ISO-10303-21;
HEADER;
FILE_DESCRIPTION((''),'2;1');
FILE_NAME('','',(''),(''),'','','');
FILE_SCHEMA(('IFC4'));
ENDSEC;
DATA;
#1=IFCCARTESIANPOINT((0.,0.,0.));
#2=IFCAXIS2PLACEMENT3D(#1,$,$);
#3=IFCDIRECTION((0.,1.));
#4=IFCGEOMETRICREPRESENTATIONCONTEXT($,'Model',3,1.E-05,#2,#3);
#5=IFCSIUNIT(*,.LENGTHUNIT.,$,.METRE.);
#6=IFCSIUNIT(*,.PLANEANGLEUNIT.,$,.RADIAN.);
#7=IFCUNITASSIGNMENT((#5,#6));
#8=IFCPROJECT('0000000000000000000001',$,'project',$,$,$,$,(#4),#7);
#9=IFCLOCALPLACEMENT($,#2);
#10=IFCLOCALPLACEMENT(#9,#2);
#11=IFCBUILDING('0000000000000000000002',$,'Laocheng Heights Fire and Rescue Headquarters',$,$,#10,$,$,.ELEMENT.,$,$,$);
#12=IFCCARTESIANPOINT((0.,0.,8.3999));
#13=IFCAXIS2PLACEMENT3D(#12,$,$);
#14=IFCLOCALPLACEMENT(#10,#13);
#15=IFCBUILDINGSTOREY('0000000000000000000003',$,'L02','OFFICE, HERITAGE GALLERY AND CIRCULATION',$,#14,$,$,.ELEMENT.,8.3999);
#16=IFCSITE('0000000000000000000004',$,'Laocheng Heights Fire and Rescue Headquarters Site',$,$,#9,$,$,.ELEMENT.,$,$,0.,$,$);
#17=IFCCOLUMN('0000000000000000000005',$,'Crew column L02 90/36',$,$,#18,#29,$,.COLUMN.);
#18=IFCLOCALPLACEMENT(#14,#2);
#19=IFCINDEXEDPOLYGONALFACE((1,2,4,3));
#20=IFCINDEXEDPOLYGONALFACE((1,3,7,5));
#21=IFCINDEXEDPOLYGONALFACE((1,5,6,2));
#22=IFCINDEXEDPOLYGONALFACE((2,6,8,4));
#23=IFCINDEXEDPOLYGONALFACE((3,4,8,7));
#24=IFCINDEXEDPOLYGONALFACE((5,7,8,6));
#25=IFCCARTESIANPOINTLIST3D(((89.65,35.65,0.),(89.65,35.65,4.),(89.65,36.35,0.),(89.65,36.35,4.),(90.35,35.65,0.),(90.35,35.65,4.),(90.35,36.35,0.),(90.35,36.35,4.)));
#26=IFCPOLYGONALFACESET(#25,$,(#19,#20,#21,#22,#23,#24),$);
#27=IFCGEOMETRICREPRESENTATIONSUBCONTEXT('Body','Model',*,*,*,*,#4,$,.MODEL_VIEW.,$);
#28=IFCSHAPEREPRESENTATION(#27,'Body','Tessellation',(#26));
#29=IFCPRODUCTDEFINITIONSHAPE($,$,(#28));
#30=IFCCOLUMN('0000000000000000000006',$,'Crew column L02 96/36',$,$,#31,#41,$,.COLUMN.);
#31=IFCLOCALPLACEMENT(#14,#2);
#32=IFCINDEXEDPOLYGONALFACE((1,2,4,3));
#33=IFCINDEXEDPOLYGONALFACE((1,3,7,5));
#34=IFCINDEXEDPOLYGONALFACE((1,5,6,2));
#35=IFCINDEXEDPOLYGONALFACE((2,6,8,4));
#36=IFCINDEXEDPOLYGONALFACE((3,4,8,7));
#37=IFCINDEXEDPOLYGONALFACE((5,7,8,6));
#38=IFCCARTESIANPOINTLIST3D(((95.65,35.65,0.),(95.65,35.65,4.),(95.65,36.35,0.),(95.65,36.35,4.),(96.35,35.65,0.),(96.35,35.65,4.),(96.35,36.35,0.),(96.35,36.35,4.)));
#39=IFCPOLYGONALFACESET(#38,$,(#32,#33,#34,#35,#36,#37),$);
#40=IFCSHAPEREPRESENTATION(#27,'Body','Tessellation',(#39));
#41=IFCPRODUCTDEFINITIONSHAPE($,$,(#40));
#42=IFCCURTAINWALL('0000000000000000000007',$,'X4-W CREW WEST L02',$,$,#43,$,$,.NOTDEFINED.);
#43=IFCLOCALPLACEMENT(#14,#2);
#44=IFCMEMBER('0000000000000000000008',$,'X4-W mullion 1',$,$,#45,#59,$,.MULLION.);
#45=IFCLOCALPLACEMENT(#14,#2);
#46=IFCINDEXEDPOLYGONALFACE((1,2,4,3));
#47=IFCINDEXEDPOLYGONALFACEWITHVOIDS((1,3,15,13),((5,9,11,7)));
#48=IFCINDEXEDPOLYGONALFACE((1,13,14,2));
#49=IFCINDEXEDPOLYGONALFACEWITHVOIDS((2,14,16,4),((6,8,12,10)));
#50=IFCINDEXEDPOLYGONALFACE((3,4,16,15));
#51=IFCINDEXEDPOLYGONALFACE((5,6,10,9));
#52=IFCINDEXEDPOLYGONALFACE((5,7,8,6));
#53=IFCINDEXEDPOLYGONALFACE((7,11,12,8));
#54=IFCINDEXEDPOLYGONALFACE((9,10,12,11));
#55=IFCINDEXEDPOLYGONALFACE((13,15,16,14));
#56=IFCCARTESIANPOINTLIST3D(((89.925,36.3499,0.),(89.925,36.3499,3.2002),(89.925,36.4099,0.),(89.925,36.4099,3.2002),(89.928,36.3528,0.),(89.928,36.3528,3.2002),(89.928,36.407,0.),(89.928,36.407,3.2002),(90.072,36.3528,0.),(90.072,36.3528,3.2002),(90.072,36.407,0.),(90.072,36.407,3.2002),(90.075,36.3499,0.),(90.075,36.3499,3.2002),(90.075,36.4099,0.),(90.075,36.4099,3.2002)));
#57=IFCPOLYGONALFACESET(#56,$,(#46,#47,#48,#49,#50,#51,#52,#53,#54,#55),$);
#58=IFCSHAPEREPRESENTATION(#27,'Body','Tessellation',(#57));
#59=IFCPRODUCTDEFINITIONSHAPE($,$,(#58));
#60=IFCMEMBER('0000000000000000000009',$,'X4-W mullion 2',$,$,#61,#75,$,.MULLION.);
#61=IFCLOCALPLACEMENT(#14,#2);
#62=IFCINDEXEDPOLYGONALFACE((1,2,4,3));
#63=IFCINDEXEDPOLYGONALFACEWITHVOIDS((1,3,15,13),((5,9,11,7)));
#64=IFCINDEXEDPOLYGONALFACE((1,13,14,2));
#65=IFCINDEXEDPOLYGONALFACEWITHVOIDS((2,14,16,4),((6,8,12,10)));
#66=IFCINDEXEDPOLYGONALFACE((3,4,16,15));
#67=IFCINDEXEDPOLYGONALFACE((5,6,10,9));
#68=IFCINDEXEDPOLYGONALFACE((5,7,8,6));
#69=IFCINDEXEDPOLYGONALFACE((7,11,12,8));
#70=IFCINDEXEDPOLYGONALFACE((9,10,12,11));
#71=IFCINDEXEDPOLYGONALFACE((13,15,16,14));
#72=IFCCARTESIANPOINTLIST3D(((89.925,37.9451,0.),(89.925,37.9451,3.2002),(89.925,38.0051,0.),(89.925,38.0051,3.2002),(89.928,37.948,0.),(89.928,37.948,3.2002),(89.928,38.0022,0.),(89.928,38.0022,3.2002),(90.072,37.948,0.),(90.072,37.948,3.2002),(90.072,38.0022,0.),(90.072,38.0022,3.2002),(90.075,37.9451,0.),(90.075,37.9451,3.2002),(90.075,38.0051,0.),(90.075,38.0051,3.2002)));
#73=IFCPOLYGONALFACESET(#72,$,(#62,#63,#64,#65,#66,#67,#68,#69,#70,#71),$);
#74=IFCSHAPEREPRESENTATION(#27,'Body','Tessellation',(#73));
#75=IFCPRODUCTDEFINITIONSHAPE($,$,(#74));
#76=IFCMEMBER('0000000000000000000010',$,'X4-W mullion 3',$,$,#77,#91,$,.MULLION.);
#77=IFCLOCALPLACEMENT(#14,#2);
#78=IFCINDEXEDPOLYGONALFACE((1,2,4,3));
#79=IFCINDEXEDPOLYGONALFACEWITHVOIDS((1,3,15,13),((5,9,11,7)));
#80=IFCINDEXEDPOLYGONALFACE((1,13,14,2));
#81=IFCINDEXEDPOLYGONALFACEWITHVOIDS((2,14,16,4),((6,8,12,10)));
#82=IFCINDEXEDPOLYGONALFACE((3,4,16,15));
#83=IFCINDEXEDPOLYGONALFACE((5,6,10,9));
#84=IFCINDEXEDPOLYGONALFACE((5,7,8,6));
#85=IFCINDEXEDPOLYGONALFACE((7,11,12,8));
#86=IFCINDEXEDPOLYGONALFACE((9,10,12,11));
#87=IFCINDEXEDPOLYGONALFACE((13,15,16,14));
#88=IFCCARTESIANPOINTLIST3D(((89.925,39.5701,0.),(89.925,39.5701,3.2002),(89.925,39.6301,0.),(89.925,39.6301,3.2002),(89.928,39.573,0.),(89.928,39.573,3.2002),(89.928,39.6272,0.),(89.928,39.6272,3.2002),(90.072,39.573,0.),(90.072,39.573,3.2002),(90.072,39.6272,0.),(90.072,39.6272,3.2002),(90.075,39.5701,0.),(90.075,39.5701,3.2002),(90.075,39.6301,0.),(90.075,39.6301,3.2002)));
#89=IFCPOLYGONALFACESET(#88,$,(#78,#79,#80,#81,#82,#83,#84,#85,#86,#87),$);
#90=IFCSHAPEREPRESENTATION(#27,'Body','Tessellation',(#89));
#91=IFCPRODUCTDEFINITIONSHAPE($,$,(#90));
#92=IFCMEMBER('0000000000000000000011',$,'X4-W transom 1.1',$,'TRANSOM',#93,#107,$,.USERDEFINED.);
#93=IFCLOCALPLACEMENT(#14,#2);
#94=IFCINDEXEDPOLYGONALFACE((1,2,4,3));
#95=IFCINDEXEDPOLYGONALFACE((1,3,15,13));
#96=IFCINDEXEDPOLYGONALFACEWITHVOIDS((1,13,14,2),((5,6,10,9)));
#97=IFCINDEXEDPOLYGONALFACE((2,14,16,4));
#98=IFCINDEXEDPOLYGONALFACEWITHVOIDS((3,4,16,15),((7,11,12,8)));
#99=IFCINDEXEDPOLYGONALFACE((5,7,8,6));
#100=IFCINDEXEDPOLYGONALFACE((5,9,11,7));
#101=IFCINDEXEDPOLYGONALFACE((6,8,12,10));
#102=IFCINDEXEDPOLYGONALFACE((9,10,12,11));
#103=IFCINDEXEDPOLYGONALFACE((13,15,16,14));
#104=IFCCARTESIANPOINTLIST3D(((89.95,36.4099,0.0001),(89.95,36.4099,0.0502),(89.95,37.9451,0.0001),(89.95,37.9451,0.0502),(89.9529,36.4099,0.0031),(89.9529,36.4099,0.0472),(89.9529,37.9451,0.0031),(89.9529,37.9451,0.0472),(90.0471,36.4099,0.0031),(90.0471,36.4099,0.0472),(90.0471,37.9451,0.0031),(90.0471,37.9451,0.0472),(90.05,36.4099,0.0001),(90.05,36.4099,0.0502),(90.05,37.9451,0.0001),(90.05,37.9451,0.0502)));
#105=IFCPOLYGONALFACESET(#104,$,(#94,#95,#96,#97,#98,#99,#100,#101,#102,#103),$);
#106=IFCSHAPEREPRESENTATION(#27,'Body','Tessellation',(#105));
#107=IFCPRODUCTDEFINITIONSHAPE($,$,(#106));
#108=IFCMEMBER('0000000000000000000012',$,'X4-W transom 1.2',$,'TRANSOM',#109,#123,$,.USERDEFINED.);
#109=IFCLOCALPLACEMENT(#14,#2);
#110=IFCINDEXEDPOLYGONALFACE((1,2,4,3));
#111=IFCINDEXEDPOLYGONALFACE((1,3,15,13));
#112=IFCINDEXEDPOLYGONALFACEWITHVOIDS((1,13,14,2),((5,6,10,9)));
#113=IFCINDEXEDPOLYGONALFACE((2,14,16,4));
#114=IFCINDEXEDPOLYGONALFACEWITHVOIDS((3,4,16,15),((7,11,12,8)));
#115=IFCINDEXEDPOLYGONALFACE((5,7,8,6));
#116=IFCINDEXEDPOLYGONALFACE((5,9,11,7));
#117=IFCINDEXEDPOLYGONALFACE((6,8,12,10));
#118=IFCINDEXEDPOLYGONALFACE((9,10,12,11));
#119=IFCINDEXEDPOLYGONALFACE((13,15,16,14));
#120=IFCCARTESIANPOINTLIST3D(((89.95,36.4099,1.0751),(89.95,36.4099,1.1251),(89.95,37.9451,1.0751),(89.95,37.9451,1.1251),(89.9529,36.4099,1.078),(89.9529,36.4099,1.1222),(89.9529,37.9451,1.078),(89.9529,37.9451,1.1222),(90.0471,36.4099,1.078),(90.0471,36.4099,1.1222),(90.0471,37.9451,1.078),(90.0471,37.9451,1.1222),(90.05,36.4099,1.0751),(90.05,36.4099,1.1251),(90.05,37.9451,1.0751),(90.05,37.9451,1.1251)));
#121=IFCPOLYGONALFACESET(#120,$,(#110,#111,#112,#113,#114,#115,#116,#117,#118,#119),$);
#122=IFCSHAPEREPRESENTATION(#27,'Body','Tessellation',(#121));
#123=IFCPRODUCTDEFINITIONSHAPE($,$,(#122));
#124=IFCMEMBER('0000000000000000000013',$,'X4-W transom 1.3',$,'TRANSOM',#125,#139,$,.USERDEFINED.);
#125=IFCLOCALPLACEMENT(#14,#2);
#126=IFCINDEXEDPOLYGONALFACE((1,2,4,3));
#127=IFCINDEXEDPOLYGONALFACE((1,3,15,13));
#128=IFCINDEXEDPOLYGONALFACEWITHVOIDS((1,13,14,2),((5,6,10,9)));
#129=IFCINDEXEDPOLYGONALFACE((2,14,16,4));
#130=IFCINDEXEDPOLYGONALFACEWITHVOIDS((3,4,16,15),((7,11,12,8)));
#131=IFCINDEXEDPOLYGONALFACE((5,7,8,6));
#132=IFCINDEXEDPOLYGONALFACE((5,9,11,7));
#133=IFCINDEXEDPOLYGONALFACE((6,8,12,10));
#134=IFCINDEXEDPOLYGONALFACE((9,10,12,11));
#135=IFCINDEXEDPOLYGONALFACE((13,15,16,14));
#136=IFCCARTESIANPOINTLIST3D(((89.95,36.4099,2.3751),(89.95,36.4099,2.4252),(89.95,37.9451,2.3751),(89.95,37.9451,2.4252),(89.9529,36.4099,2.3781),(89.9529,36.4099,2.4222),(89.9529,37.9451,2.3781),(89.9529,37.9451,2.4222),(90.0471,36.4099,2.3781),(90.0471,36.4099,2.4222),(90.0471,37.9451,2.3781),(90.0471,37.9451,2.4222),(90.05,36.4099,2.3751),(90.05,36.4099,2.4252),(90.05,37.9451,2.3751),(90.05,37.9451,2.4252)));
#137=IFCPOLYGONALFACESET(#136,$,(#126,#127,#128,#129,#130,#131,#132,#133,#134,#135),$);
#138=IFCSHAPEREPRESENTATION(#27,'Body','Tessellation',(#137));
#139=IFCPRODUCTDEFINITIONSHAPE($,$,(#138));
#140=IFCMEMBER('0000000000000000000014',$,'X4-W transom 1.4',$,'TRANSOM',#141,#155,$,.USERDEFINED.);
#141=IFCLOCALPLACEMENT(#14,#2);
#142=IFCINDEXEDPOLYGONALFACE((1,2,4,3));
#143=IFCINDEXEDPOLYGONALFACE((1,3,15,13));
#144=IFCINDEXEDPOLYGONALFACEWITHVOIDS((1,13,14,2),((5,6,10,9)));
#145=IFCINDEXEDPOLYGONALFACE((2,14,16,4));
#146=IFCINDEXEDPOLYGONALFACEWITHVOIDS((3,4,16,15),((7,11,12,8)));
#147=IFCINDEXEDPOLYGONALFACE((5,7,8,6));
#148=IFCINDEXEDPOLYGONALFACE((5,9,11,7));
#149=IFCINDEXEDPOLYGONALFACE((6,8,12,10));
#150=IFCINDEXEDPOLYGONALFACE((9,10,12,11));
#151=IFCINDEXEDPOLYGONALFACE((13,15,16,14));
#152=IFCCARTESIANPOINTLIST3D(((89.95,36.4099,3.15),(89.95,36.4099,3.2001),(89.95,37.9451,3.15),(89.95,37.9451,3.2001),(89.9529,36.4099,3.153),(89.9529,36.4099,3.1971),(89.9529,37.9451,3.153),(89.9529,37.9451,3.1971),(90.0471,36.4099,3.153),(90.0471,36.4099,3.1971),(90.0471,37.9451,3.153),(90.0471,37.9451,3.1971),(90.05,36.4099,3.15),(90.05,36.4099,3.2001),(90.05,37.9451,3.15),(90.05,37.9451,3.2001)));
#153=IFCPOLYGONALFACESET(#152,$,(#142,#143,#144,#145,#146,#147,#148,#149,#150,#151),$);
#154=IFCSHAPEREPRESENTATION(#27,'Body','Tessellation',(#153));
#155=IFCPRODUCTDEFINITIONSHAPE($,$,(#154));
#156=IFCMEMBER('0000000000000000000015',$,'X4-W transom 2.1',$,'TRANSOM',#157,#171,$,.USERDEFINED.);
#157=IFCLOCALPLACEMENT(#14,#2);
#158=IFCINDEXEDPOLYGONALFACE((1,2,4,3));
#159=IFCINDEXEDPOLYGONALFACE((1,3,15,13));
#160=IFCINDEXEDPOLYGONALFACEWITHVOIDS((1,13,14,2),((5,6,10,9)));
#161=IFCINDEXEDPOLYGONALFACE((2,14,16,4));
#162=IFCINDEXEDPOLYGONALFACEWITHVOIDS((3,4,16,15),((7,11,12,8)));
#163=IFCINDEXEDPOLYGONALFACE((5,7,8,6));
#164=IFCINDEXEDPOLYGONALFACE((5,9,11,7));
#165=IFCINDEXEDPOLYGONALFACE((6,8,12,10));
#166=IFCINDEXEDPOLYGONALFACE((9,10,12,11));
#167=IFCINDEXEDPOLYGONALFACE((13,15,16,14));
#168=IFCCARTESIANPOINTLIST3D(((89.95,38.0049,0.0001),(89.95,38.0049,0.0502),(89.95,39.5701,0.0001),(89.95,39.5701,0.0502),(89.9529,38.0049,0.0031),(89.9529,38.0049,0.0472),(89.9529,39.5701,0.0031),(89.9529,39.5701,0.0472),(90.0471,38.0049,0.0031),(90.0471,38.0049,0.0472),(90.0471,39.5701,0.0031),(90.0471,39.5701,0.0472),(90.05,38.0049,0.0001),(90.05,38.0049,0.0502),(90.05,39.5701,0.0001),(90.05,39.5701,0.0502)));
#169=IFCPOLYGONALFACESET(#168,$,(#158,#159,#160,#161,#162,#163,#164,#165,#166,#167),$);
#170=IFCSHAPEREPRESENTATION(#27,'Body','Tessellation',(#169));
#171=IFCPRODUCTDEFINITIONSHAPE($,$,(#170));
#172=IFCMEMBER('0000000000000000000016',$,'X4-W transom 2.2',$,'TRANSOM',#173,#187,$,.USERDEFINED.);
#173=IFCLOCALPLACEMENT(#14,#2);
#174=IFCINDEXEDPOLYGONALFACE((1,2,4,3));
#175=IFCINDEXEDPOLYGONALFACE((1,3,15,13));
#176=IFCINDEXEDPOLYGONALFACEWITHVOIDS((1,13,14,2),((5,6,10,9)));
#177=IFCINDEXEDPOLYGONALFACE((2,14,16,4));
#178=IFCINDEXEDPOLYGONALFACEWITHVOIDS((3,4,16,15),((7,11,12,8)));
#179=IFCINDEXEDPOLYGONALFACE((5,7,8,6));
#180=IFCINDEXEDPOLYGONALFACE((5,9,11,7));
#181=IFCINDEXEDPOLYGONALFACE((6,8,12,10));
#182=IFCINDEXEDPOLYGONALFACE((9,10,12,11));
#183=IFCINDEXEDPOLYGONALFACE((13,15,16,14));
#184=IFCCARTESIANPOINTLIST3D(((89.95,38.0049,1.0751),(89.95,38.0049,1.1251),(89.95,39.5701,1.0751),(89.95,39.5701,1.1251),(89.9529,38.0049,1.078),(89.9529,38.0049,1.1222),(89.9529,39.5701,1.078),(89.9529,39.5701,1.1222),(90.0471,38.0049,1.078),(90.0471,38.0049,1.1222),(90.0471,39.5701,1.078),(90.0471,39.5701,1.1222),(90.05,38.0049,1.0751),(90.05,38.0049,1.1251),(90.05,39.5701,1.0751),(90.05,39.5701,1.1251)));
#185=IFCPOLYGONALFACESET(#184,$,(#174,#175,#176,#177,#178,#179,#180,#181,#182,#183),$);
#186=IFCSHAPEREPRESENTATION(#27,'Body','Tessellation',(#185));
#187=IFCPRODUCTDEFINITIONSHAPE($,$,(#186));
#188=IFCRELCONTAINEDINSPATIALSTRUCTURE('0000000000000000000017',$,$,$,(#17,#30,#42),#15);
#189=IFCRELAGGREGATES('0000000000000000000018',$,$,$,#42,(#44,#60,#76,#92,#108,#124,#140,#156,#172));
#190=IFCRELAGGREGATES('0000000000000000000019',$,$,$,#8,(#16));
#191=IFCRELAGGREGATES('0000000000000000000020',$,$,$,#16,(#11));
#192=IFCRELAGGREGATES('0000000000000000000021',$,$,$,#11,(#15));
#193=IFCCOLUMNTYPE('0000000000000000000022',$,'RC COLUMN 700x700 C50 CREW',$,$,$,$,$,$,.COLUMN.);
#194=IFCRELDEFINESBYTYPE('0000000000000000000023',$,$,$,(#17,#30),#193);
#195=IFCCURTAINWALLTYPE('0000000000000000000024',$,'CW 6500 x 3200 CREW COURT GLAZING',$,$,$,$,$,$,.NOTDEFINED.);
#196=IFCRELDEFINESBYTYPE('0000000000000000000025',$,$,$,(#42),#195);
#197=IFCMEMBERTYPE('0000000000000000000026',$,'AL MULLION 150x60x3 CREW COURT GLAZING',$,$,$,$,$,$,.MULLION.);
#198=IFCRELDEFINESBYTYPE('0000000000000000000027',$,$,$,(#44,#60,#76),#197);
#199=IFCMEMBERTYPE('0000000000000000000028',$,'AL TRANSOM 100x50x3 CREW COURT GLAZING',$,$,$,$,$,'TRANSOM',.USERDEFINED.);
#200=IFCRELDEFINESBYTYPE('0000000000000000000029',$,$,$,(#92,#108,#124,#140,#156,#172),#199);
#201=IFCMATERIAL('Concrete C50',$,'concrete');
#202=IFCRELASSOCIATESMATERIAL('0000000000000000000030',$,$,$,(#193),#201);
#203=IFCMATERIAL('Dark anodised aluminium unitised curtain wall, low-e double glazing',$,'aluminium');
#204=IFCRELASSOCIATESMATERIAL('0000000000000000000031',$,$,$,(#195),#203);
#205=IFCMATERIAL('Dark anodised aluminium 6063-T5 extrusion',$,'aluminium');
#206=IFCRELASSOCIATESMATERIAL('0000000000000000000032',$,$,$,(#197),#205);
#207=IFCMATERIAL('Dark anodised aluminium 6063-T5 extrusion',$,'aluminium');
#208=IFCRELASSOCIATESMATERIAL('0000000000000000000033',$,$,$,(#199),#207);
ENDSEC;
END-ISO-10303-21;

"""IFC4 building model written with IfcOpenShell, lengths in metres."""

from ifc_helpers import new_model, si_unit, direction, frame, origin, origin_2d, place, context, subcontext, project, spatial, rectangle, hollow_rectangle, extrude, material, material_profile, profile_set, type_object, element, aggregate, save


model = new_model("IFC4")

# Units and contexts
model_context = context("Model", 3, precision=1e-05, world=origin(), true_north=direction((0.0, 1.0)))
body_context = subcontext(model_context, "Body", "Model", "MODEL_VIEW")
ifc_project = project(units=[si_unit("LENGTHUNIT", "METRE"), si_unit("PLANEANGLEUNIT", "RADIAN")], contexts=[model_context])

# Site, building, storey
site_placement = place(None, origin())
site = spatial("IfcSite", under=ifc_project, at=site_placement, Name="Laocheng Heights Fire and Rescue Headquarters Site", CompositionType="ELEMENT", RefElevation=0.0)
building_placement = place(site_placement, origin())
building = spatial("IfcBuilding", under=site, at=building_placement, Name="Laocheng Heights Fire and Rescue Headquarters", CompositionType="ELEMENT")
storey_placement = place(building_placement, frame((0.0, 0.0, 8.3999)))
storey = spatial("IfcBuildingStorey", under=building, at=storey_placement, Name="L02", Description="OFFICE, HERITAGE GALLERY AND CIRCULATION", CompositionType="ELEMENT", Elevation=8.3999)

# Columns
ifc_material_1 = material(Name="Concrete C50", Category="concrete")
ifc_material_profile_1 = material_profile(ifc_material_1, rectangle(XDim=0.7, YDim=0.7, at=origin_2d()), Name="RC COLUMN 700x700 C50 CREW")
ifc_profile_set_1 = profile_set([ifc_material_profile_1], Name="Concrete C50")
column_type = type_object("IfcColumnType", Name="RC COLUMN 700x700 C50 CREW", PredefinedType="COLUMN", material=ifc_profile_set_1)
for number, where, z_axis, x_axis, name in (
    (1, (90.0, 36.0, 0.0), (0.0, 0.0, 1.0), (1.0, 0.0, 0.0), "Crew column L02 90/36"),
    (2, (96.0, 36.0, 0.0), (0.0, 0.0, 1.0), (1.0, 0.0, 0.0), "Crew column L02 96/36"),
):
    element("IfcColumn", number, at=place(storey_placement, frame(where, z_axis=z_axis, x_axis=x_axis)), inside=storey, type_object=column_type, Name=name, PredefinedType="COLUMN", context=body_context, shape_type="SweptSolid", body=[
        extrude(rectangle(XDim=0.7, YDim=0.7, at=origin_2d()), origin(), (0.0, 0.0, 1.0), 4.0),
    ])

# Curtain wall, members
ifc_material_2 = material(Name="Dark anodised aluminium unitised curtain wall, low-e double glazing", Category="aluminium")
curtain_wall_type = type_object("IfcCurtainWallType", Name="CW 6500 x 3200 CREW COURT GLAZING", PredefinedType="NOTDEFINED", material=ifc_material_2)
curtain_wall_placement = place(storey_placement, origin())
curtain_wall = element("IfcCurtainWall", 3, at=curtain_wall_placement, inside=storey, type_object=curtain_wall_type, Name="X4-W CREW WEST L02", PredefinedType="NOTDEFINED")
ifc_material_3 = material(Name="Dark anodised aluminium 6063-T5 extrusion", Category="aluminium")
ifc_material_profile_2 = material_profile(ifc_material_3, hollow_rectangle(XDim=0.1499, YDim=0.0601, WallThickness=0.0029, at=origin_2d()), Name="AL MULLION 150x60x3 CREW COURT GLAZING")
ifc_profile_set_2 = profile_set([ifc_material_profile_2], Name="Dark anodised aluminium 6063-T5 extrusion")
member_type_1 = type_object("IfcMemberType", Name="AL MULLION 150x60x3 CREW COURT GLAZING", PredefinedType="MULLION", material=ifc_profile_set_2)
member_1_placement = place(storey_placement, frame((90.0, 36.3799, 0.0), z_axis=(0.0, 0.0, 1.0), x_axis=(-1.0, 0.0, 0.0)))
member_1 = element("IfcMember", 4, at=member_1_placement, type_object=member_type_1, Name="X4-W mullion 1", PredefinedType="MULLION", context=body_context, shape_type="SweptSolid", body=[
    extrude(hollow_rectangle(XDim=0.1499, YDim=0.0601, WallThickness=0.0029, at=origin_2d()), origin(), (0.0, 0.0, 1.0), 3.2002),
])
member_2_placement = place(storey_placement, frame((90.0, 37.9751, 0.0), z_axis=(0.0, 0.0, 1.0), x_axis=(-1.0, 0.0, 0.0)))
member_2 = element("IfcMember", 5, at=member_2_placement, type_object=member_type_1, Name="X4-W mullion 2", PredefinedType="MULLION", context=body_context, shape_type="SweptSolid", body=[
    extrude(hollow_rectangle(XDim=0.1499, YDim=0.0601, WallThickness=0.0029, at=origin_2d()), origin(), (0.0, 0.0, 1.0), 3.2002),
])
member_3_placement = place(storey_placement, frame((90.0, 39.6001, 0.0), z_axis=(0.0, 0.0, 1.0), x_axis=(-1.0, 0.0, 0.0)))
member_3 = element("IfcMember", 6, at=member_3_placement, type_object=member_type_1, Name="X4-W mullion 3", PredefinedType="MULLION", context=body_context, shape_type="SweptSolid", body=[
    extrude(hollow_rectangle(XDim=0.1499, YDim=0.0601, WallThickness=0.0029, at=origin_2d()), origin(), (0.0, 0.0, 1.0), 3.2002),
])
ifc_material_4 = material(Name="Dark anodised aluminium 6063-T5 extrusion", Category="aluminium")
ifc_material_profile_3 = material_profile(ifc_material_4, hollow_rectangle(XDim=0.1001, YDim=0.05, WallThickness=0.0029, at=origin_2d()), Name="AL TRANSOM 100x50x3 CREW COURT GLAZING")
ifc_profile_set_3 = profile_set([ifc_material_profile_3], Name="Dark anodised aluminium 6063-T5 extrusion")
member_type_2 = type_object("IfcMemberType", Name="AL TRANSOM 100x50x3 CREW COURT GLAZING", ElementType="TRANSOM", PredefinedType="USERDEFINED", material=ifc_profile_set_3)
member_4_placement = place(storey_placement, frame((90.0, 36.4099, 0.0251), z_axis=(0.0, 1.0, 0.0), x_axis=(-1.0, 0.0, 0.0)))
member_4 = element("IfcMember", 7, at=member_4_placement, type_object=member_type_2, Name="X4-W transom 1.1", ObjectType="TRANSOM", PredefinedType="USERDEFINED", context=body_context, shape_type="SweptSolid", body=[
    extrude(hollow_rectangle(XDim=0.1001, YDim=0.05, WallThickness=0.0029, at=origin_2d()), origin(), (0.0, 0.0, 1.0), 1.5352),
])
member_5_placement = place(storey_placement, frame((90.0, 36.4099, 1.1001), z_axis=(0.0, 1.0, 0.0), x_axis=(-1.0, 0.0, 0.0)))
member_5 = element("IfcMember", 8, at=member_5_placement, type_object=member_type_2, Name="X4-W transom 1.2", ObjectType="TRANSOM", PredefinedType="USERDEFINED", context=body_context, shape_type="SweptSolid", body=[
    extrude(hollow_rectangle(XDim=0.1001, YDim=0.05, WallThickness=0.0029, at=origin_2d()), origin(), (0.0, 0.0, 1.0), 1.5352),
])
member_6_placement = place(storey_placement, frame((90.0, 36.4099, 2.4001), z_axis=(0.0, 1.0, 0.0), x_axis=(-1.0, 0.0, 0.0)))
member_6 = element("IfcMember", 9, at=member_6_placement, type_object=member_type_2, Name="X4-W transom 1.3", ObjectType="TRANSOM", PredefinedType="USERDEFINED", context=body_context, shape_type="SweptSolid", body=[
    extrude(hollow_rectangle(XDim=0.1001, YDim=0.05, WallThickness=0.0029, at=origin_2d()), origin(), (0.0, 0.0, 1.0), 1.5352),
])
member_7_placement = place(storey_placement, frame((90.0, 36.4099, 3.175), z_axis=(0.0, 1.0, 0.0), x_axis=(-1.0, 0.0, 0.0)))
member_7 = element("IfcMember", 10, at=member_7_placement, type_object=member_type_2, Name="X4-W transom 1.4", ObjectType="TRANSOM", PredefinedType="USERDEFINED", context=body_context, shape_type="SweptSolid", body=[
    extrude(hollow_rectangle(XDim=0.1001, YDim=0.05, WallThickness=0.0029, at=origin_2d()), origin(), (0.0, 0.0, 1.0), 1.5352),
])
member_8_placement = place(storey_placement, frame((90.0, 38.0049, 0.0251), z_axis=(0.0, 1.0, 0.0), x_axis=(-1.0, 0.0, 0.0)))
member_8 = element("IfcMember", 11, at=member_8_placement, type_object=member_type_2, Name="X4-W transom 2.1", ObjectType="TRANSOM", PredefinedType="USERDEFINED", context=body_context, shape_type="SweptSolid", body=[
    extrude(hollow_rectangle(XDim=0.1001, YDim=0.05, WallThickness=0.0029, at=origin_2d()), origin(), (0.0, 0.0, 1.0), 1.5652),
])
member_9_placement = place(storey_placement, frame((90.0, 38.0049, 1.1001), z_axis=(0.0, 1.0, 0.0), x_axis=(-1.0, 0.0, 0.0)))
member_9 = element("IfcMember", 12, at=member_9_placement, type_object=member_type_2, Name="X4-W transom 2.2", ObjectType="TRANSOM", PredefinedType="USERDEFINED", context=body_context, shape_type="SweptSolid", body=[
    extrude(hollow_rectangle(XDim=0.1001, YDim=0.05, WallThickness=0.0029, at=origin_2d()), origin(), (0.0, 0.0, 1.0), 1.5652),
])

aggregate(curtain_wall, [member_1, member_2, member_3, member_4, member_5, member_6, member_7, member_8, member_9])

save(model, "model.ifc")
